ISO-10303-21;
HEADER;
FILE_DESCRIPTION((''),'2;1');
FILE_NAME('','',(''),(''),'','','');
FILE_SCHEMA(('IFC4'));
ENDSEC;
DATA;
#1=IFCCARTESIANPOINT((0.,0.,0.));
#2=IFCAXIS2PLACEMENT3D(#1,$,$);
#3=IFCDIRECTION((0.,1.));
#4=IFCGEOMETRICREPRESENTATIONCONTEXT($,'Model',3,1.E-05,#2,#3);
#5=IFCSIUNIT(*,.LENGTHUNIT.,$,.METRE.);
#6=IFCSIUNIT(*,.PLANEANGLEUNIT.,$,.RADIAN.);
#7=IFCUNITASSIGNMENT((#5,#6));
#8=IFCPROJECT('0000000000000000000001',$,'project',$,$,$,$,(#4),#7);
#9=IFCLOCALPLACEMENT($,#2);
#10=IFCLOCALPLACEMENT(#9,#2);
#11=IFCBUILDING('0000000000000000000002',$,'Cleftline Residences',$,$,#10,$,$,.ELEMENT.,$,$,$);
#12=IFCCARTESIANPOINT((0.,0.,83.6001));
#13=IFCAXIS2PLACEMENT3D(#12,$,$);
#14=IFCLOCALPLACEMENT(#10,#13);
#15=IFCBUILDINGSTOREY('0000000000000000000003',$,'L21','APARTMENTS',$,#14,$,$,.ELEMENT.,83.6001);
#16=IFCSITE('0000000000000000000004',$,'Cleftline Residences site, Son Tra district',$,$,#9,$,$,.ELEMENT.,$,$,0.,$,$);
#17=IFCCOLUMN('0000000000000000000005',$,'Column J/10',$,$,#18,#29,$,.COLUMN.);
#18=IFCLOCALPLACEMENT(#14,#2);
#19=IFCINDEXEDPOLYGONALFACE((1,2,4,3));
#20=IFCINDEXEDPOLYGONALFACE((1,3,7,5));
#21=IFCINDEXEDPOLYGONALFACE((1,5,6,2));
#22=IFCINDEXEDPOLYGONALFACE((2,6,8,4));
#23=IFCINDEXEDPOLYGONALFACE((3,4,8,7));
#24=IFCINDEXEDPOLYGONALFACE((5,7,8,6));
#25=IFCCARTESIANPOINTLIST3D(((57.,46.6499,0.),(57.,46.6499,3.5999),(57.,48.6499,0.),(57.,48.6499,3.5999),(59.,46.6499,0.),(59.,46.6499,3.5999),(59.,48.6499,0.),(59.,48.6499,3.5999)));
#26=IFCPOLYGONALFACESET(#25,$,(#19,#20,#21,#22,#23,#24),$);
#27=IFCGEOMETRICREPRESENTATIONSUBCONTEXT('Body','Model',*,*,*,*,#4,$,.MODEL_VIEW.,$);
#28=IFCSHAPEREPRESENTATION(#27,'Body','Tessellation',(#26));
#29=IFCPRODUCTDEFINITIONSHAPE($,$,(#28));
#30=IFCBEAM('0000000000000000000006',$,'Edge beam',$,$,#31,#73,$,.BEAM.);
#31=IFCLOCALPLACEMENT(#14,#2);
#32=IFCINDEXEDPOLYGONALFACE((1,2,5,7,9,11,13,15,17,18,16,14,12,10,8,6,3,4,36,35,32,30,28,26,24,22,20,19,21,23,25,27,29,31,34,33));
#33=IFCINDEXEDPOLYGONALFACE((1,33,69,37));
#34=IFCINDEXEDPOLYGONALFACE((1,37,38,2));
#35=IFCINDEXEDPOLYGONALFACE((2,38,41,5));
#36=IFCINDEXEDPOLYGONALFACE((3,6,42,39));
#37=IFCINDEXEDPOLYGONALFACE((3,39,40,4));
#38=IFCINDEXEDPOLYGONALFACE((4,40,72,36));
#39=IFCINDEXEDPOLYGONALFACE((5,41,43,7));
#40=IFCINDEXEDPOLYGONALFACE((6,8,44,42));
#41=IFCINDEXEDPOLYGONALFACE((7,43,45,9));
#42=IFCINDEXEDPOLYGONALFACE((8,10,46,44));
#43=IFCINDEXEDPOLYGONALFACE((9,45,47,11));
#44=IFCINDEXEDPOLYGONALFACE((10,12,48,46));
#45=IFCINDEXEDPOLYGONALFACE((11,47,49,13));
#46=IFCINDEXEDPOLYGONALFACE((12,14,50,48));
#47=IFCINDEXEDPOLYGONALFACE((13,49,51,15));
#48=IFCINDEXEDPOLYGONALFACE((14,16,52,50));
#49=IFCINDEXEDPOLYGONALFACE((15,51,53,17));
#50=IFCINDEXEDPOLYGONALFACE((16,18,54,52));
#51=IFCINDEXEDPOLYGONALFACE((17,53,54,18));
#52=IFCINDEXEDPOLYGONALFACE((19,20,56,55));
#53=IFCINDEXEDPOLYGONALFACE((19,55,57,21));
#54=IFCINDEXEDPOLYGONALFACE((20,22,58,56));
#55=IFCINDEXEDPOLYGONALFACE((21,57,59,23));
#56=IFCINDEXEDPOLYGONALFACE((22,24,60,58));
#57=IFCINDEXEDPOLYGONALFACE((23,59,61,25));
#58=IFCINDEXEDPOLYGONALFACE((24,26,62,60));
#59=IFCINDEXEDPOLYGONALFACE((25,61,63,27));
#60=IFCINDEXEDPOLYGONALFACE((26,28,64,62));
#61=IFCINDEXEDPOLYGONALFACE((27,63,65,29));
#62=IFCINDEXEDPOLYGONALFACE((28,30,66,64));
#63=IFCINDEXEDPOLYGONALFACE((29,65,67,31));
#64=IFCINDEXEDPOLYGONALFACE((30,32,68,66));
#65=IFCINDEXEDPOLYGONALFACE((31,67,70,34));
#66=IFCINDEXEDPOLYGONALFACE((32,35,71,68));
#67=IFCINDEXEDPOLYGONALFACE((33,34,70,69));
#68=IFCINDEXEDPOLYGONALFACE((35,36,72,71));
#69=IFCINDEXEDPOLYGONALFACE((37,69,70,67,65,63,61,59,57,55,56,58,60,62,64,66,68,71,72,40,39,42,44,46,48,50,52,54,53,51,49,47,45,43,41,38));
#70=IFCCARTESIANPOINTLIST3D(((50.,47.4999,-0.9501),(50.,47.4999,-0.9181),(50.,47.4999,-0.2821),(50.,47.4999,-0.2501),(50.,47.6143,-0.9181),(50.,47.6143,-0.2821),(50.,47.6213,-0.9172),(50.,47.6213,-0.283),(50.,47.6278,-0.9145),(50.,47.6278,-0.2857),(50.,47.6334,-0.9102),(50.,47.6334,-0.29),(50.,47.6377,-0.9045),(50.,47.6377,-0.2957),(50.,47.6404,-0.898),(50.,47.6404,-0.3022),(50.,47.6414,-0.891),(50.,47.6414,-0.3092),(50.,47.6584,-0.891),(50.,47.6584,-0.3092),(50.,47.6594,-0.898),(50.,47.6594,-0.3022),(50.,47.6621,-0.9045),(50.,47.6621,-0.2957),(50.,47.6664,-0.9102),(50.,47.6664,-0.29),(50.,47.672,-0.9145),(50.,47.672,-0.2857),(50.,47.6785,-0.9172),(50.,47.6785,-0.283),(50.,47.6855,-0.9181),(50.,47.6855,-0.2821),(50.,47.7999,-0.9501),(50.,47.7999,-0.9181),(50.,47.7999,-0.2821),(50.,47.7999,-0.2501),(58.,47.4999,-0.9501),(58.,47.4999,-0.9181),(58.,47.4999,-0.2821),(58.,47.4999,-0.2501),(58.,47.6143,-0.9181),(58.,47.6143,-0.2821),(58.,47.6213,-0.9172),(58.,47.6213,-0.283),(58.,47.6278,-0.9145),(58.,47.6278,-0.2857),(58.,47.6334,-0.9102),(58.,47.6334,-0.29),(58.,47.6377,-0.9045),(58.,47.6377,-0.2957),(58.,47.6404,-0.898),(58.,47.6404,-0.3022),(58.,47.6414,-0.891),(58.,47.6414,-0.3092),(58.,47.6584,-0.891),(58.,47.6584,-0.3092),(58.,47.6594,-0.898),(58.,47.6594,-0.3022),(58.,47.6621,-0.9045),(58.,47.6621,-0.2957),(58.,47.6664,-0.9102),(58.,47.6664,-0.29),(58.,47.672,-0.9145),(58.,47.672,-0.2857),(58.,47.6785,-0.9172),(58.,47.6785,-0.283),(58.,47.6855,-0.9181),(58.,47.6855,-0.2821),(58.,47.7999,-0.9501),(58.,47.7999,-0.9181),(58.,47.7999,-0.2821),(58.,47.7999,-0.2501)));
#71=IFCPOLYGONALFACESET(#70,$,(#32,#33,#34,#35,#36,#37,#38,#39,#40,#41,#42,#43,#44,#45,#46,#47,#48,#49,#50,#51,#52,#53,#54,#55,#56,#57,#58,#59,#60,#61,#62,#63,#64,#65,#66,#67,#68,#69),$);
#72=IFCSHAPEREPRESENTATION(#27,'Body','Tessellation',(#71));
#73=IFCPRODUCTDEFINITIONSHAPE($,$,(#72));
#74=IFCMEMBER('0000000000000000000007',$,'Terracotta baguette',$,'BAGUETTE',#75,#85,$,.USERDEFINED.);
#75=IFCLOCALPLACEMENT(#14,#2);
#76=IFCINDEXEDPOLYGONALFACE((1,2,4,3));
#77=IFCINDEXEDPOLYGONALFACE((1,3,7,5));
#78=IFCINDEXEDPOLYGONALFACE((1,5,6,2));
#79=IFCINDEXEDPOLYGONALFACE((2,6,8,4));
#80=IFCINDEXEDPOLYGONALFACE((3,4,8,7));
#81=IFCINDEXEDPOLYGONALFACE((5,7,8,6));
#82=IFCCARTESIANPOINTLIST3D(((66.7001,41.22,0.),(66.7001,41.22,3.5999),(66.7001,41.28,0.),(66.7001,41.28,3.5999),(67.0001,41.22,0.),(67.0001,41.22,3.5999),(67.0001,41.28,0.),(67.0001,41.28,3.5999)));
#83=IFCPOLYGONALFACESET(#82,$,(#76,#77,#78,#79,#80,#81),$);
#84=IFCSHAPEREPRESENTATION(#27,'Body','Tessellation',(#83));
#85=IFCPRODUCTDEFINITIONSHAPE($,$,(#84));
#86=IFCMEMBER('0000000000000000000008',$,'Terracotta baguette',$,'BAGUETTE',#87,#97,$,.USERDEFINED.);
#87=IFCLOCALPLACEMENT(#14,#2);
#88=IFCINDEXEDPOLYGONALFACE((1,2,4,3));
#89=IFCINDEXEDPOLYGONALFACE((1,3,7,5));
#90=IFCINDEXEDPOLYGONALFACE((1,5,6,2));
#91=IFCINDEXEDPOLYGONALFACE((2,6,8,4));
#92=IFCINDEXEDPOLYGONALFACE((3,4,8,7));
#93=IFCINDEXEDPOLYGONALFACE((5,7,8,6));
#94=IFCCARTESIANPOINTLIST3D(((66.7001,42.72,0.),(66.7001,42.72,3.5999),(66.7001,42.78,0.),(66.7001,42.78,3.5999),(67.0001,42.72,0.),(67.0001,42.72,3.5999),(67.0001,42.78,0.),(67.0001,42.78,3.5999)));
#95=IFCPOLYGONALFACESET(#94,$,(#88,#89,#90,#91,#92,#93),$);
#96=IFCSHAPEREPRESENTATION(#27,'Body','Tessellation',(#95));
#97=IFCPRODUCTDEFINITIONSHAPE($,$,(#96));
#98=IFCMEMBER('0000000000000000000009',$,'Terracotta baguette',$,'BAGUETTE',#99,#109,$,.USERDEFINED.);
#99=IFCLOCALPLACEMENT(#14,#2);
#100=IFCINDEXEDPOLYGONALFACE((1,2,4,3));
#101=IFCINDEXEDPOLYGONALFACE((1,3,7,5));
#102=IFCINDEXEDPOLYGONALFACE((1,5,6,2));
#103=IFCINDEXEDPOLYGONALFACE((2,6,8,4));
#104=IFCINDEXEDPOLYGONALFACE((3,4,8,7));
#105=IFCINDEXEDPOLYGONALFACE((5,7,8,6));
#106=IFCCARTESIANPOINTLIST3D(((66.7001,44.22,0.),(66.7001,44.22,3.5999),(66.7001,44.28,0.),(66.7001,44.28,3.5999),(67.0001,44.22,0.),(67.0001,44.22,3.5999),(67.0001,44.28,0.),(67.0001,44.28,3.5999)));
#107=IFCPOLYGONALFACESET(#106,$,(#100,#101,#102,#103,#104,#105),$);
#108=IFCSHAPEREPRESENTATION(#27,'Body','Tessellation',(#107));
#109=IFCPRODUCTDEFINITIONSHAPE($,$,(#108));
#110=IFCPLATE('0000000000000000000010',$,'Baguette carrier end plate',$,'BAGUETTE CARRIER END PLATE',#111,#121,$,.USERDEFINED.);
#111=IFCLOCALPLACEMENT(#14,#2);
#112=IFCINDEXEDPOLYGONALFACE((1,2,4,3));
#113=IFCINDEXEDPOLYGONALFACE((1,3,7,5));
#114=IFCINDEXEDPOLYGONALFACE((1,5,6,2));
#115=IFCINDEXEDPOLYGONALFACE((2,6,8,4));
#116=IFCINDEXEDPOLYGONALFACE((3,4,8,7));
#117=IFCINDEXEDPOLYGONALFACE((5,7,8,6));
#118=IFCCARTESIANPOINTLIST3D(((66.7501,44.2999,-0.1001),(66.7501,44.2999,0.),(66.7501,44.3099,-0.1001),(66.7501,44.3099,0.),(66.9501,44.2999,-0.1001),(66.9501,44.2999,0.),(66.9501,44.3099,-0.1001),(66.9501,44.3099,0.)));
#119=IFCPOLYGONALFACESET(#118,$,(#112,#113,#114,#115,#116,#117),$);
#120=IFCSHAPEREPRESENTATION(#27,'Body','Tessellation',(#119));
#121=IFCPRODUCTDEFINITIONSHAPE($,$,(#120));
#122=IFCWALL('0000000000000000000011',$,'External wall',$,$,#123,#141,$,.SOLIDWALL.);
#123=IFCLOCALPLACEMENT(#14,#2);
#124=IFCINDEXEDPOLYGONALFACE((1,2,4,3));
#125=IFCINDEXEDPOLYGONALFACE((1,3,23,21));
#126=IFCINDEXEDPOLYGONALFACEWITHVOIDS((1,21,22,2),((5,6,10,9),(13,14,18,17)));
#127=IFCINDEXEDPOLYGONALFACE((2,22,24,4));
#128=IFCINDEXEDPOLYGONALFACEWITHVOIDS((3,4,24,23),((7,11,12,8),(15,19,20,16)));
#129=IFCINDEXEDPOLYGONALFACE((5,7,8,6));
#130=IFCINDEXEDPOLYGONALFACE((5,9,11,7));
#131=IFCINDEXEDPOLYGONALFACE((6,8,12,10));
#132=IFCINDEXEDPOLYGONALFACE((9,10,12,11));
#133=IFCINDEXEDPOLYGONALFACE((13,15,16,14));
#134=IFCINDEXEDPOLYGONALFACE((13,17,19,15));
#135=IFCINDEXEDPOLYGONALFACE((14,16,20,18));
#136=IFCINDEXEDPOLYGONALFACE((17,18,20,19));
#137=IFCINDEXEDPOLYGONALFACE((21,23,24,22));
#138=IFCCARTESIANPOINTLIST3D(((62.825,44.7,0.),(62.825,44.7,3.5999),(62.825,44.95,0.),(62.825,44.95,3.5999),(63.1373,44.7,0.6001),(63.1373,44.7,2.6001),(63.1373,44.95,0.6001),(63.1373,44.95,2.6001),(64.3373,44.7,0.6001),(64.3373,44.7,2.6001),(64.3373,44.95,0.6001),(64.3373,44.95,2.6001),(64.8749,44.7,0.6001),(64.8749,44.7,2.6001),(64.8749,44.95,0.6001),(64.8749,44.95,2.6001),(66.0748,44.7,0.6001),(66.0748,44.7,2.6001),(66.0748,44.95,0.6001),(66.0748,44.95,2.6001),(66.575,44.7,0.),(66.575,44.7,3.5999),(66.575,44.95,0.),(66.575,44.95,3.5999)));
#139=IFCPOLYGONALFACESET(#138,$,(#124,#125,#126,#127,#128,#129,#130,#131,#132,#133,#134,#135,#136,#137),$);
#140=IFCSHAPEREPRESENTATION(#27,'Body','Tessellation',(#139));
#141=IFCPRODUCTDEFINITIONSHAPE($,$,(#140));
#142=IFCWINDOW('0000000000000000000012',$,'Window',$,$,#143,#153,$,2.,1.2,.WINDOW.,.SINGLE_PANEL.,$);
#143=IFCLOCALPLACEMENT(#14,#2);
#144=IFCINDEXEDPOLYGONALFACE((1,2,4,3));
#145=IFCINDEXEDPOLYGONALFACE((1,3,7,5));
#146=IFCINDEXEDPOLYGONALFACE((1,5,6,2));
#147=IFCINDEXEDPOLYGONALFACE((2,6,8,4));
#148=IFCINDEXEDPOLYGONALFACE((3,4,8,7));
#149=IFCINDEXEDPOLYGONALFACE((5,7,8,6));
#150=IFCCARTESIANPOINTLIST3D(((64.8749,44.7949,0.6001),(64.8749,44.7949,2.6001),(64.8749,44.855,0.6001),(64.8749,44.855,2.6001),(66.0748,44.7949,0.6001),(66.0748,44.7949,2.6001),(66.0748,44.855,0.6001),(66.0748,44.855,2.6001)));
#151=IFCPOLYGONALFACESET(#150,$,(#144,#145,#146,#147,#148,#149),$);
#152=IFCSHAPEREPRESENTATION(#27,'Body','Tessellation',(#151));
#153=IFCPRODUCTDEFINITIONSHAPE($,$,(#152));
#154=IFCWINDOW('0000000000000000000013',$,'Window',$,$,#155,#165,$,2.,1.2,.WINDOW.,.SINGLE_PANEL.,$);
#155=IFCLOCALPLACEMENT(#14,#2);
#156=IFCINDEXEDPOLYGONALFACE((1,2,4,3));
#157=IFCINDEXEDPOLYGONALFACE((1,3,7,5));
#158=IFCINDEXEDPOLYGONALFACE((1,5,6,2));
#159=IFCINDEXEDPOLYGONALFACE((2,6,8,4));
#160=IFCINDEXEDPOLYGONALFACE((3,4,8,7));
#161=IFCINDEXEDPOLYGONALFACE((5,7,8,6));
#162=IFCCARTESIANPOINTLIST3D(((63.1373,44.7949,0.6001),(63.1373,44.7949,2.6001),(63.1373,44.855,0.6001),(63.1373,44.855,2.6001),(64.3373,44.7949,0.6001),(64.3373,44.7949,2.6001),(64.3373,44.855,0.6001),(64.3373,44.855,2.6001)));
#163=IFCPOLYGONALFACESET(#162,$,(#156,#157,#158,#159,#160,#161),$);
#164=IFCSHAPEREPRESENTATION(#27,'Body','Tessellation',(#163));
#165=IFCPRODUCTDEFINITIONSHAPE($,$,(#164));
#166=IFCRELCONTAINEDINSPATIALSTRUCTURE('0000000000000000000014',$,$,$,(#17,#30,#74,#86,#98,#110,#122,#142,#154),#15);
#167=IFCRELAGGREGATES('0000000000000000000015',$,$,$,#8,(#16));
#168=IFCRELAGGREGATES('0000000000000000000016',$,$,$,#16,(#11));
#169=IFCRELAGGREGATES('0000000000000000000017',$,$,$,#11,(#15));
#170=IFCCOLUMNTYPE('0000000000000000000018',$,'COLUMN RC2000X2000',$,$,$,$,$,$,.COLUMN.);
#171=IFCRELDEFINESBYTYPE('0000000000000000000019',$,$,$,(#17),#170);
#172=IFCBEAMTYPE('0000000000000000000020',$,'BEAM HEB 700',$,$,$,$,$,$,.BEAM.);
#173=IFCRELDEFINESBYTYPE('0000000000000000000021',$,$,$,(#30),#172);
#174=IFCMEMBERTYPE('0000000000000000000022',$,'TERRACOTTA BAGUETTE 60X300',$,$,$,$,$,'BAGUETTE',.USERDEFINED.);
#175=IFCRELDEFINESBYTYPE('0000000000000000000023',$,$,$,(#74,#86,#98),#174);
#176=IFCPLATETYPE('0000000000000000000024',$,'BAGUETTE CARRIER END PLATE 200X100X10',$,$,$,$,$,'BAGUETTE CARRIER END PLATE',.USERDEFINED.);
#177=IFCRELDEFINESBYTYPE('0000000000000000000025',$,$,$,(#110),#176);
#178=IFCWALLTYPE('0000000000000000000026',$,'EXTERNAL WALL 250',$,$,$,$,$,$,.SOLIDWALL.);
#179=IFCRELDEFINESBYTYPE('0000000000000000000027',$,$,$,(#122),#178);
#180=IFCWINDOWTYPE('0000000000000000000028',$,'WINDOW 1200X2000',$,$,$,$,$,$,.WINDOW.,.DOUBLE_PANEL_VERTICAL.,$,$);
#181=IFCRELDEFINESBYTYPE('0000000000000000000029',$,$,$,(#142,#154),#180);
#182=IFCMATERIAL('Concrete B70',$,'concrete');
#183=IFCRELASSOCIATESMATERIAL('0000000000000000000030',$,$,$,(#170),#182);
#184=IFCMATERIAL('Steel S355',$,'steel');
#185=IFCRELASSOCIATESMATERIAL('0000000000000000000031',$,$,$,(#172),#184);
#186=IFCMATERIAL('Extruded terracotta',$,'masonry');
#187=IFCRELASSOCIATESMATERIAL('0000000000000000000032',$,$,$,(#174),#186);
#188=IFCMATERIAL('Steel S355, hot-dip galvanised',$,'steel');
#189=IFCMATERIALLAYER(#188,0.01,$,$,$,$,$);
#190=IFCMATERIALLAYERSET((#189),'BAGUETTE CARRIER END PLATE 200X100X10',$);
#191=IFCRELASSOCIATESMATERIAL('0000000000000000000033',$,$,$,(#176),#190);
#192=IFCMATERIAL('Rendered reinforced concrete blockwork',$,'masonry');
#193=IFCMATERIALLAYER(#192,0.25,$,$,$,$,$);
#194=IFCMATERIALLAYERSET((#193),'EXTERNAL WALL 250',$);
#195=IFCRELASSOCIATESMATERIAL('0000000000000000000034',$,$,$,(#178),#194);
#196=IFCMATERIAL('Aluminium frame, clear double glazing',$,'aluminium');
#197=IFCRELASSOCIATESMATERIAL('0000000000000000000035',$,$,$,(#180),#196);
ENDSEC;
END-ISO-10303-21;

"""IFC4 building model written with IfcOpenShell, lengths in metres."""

from ifc_helpers import new_model, si_unit, direction, frame, frame_2d, origin, origin_2d, place, context, subcontext, project, spatial, rectangle, i_section, extrude, material, layer, layer_set, material_profile, profile_set, type_object, element, fill, save


model = new_model("IFC4")

# Units and contexts
model_context = context("Model", 3, precision=1e-05, world=origin(), true_north=direction((0.0, 1.0)))
body_context = subcontext(model_context, "Body", "Model", "MODEL_VIEW")
ifc_project = project(units=[si_unit("LENGTHUNIT", "METRE"), si_unit("PLANEANGLEUNIT", "RADIAN")], contexts=[model_context])

# Site, building, storey
site_placement = place(None, origin())
site = spatial("IfcSite", under=ifc_project, at=site_placement, Name="Cleftline Residences site, Son Tra district", CompositionType="ELEMENT", RefElevation=0.0)
building_placement = place(site_placement, origin())
building = spatial("IfcBuilding", under=site, at=building_placement, Name="Cleftline Residences", CompositionType="ELEMENT")
storey_placement = place(building_placement, frame((0.0, 0.0, 83.6001)))
storey = spatial("IfcBuildingStorey", under=building, at=storey_placement, Name="L21", Description="APARTMENTS", CompositionType="ELEMENT", Elevation=83.6001)

# Column
ifc_material_1 = material(Name="Concrete B70", Category="concrete")
ifc_material_profile_1 = material_profile(ifc_material_1, rectangle(XDim=2.0, YDim=2.0, at=origin_2d()))
ifc_profile_set_1 = profile_set([ifc_material_profile_1], Name="Concrete B70")
column_type = type_object("IfcColumnType", Name="COLUMN RC2000X2000", PredefinedType="COLUMN", material=ifc_profile_set_1)
column_placement = place(storey_placement, frame((58.0, 47.6499, 0.0), z_axis=(0.0, 0.0, 1.0), x_axis=(1.0, 0.0, 0.0)))
element("IfcColumn", 1, at=column_placement, inside=storey, type_object=column_type, Name="Column J/10", PredefinedType="COLUMN", context=body_context, shape_type="SweptSolid", body=[
    extrude(rectangle(XDim=2.0, YDim=2.0, at=origin_2d()), origin(), (0.0, 0.0, 1.0), 3.5999),
])

# Beam
ifc_material_2 = material(Name="Steel S355", Category="steel")
ifc_material_profile_2 = material_profile(ifc_material_2, i_section(OverallWidth=0.3, OverallDepth=0.7, WebThickness=0.0171, FlangeThickness=0.032, FilletRadius=0.0271, at=origin_2d()))
ifc_profile_set_2 = profile_set([ifc_material_profile_2], Name="Steel S355")
beam_type = type_object("IfcBeamType", Name="BEAM HEB 700", PredefinedType="BEAM", material=ifc_profile_set_2)
beam_placement = place(storey_placement, frame((58.0, 47.6499, -0.6001), z_axis=(-1.0, 0.0, 0.0), x_axis=(0.0, -1.0, 0.0)))
element("IfcBeam", 2, at=beam_placement, inside=storey, type_object=beam_type, Name="Edge beam", PredefinedType="BEAM", context=body_context, shape_type="SweptSolid", body=[
    extrude(i_section(OverallWidth=0.3, OverallDepth=0.7, WebThickness=0.0171, FlangeThickness=0.032, FilletRadius=0.0271, at=origin_2d()), origin(), (0.0, 0.0, 1.0), 8.0),
])

# Members
ifc_material_3 = material(Name="Extruded terracotta", Category="masonry")
ifc_material_profile_3 = material_profile(ifc_material_3, rectangle(XDim=0.0601, YDim=0.3, at=origin_2d()))
ifc_profile_set_3 = profile_set([ifc_material_profile_3], Name="Extruded terracotta")
member_type = type_object("IfcMemberType", Name="TERRACOTTA BAGUETTE 60X300", ElementType="BAGUETTE", PredefinedType="USERDEFINED", material=ifc_profile_set_3)
for number, where, z_axis, x_axis, name in (
    (3, (66.8501, 41.25, 0.0), (0.0, 0.0, 1.0), (0.0, 1.0, 0.0), "Terracotta baguette"),
    (4, (66.8501, 42.75, 0.0), (0.0, 0.0, 1.0), (0.0, 1.0, 0.0), "Terracotta baguette"),
    (5, (66.8501, 44.25, 0.0), (0.0, 0.0, 1.0), (0.0, 1.0, 0.0), "Terracotta baguette"),
):
    element("IfcMember", number, at=place(storey_placement, frame(where, z_axis=z_axis, x_axis=x_axis)), inside=storey, type_object=member_type, Name=name, ObjectType="BAGUETTE", PredefinedType="USERDEFINED", context=body_context, shape_type="SweptSolid", body=[
        extrude(rectangle(XDim=0.0601, YDim=0.3, at=origin_2d()), origin(), (0.0, 0.0, 1.0), 3.5999),
    ])

# Plate
ifc_material_4 = material(Name="Steel S355, hot-dip galvanised", Category="steel")
ifc_layer_1 = layer(ifc_material_4, 0.01)
ifc_layer_set_1 = layer_set([ifc_layer_1], Name="BAGUETTE CARRIER END PLATE 200X100X10")
plate_type = type_object("IfcPlateType", Name="BAGUETTE CARRIER END PLATE 200X100X10", ElementType="BAGUETTE CARRIER END PLATE", PredefinedType="USERDEFINED", material=ifc_layer_set_1)
plate_placement = place(storey_placement, frame((66.8501, 44.3049, -0.1001), z_axis=(0.0, 0.0, 1.0), x_axis=(1.0, 0.0, 0.0)))
element("IfcPlate", 6, at=plate_placement, inside=storey, type_object=plate_type, Name="Baguette carrier end plate", ObjectType="BAGUETTE CARRIER END PLATE", PredefinedType="USERDEFINED", context=body_context, shape_type="SweptSolid", body=[
    extrude(rectangle(XDim=0.2, YDim=0.01, at=origin_2d()), origin(), (0.0, 0.0, 1.0), 0.1001),
])

# Wall, openings, windows
ifc_material_5 = material(Name="Rendered reinforced concrete blockwork", Category="masonry")
ifc_layer_2 = layer(ifc_material_5, 0.25)
ifc_layer_set_2 = layer_set([ifc_layer_2], Name="EXTERNAL WALL 250")
wall_type_1 = type_object("IfcWallType", Name="EXTERNAL WALL 250", PredefinedType="SOLIDWALL", material=ifc_layer_set_2)
wall_1_placement = place(storey_placement, frame((66.575, 44.825, 0.0), z_axis=(0.0, 0.0, 1.0), x_axis=(-1.0, 0.0, 0.0)))
wall_1 = element("IfcWall", 7, at=wall_1_placement, inside=storey, type_object=wall_type_1, Name="External wall", PredefinedType="SOLIDWALL", context=body_context, shape_type="SweptSolid", body=[
    extrude(rectangle(XDim=3.75, YDim=0.25, at=frame_2d((1.875, 0.0))), origin(), (0.0, 0.0, 1.0), 3.5999),
])
opening_1_placement = place(wall_1_placement, frame((0.5, 0.0, 0.6001)))
opening_1 = element("IfcOpeningElement", 8, at=opening_1_placement, cuts=wall_1, PredefinedType="OPENING", context=body_context, shape_type="SweptSolid", body=[
    extrude(rectangle(XDim=1.2, YDim=2.0, at=frame_2d((0.6001, 1.0))), frame((0.0, 0.135, 0.0), z_axis=(0.0, -1.0, 0.0), x_axis=(1.0, 0.0, 0.0)), (0.0, 0.0, 1.0), 0.27),
])
opening_2_placement = place(wall_1_placement, frame((2.2375, 0.0, 0.6001)))
opening_2 = element("IfcOpeningElement", 9, at=opening_2_placement, cuts=wall_1, PredefinedType="OPENING", context=body_context, shape_type="SweptSolid", body=[
    extrude(rectangle(XDim=1.2, YDim=2.0, at=frame_2d((0.6001, 1.0))), frame((0.0, 0.135, 0.0), z_axis=(0.0, -1.0, 0.0), x_axis=(1.0, 0.0, 0.0)), (0.0, 0.0, 1.0), 0.27),
])
ifc_material_6 = material(Name="Aluminium frame, clear double glazing", Category="aluminium")
window_type_1 = type_object("IfcWindowType", Name="WINDOW 1200X2000", PartitioningType="DOUBLE_PANEL_VERTICAL", PredefinedType="WINDOW", material=ifc_material_6)
window_1_placement = place(opening_1_placement, origin())
window_1 = element("IfcWindow", 10, at=window_1_placement, inside=storey, type_object=window_type_1, Name="Window", OverallHeight=2.0, OverallWidth=1.2, PartitioningType="SINGLE_PANEL", PredefinedType="WINDOW", context=body_context, shape_type="SweptSolid", body=[
    extrude(rectangle(XDim=1.2, YDim=2.0, at=frame_2d((0.6001, 1.0))), frame((0.0, 0.03, 0.0), z_axis=(0.0, -1.0, 0.0), x_axis=(1.0, 0.0, 0.0)), (0.0, 0.0, 1.0), 0.0601),
])
fill(opening_1, window_1)
window_2_placement = place(opening_2_placement, origin())
window_2 = element("IfcWindow", 11, at=window_2_placement, inside=storey, type_object=window_type_1, Name="Window", OverallHeight=2.0, OverallWidth=1.2, PartitioningType="SINGLE_PANEL", PredefinedType="WINDOW", context=body_context, shape_type="SweptSolid", body=[
    extrude(rectangle(XDim=1.2, YDim=2.0, at=frame_2d((0.6001, 1.0))), frame((0.0, 0.03, 0.0), z_axis=(0.0, -1.0, 0.0), x_axis=(1.0, 0.0, 0.0)), (0.0, 0.0, 1.0), 0.0601),
])
fill(opening_2, window_2)

save(model, "model.ifc")
